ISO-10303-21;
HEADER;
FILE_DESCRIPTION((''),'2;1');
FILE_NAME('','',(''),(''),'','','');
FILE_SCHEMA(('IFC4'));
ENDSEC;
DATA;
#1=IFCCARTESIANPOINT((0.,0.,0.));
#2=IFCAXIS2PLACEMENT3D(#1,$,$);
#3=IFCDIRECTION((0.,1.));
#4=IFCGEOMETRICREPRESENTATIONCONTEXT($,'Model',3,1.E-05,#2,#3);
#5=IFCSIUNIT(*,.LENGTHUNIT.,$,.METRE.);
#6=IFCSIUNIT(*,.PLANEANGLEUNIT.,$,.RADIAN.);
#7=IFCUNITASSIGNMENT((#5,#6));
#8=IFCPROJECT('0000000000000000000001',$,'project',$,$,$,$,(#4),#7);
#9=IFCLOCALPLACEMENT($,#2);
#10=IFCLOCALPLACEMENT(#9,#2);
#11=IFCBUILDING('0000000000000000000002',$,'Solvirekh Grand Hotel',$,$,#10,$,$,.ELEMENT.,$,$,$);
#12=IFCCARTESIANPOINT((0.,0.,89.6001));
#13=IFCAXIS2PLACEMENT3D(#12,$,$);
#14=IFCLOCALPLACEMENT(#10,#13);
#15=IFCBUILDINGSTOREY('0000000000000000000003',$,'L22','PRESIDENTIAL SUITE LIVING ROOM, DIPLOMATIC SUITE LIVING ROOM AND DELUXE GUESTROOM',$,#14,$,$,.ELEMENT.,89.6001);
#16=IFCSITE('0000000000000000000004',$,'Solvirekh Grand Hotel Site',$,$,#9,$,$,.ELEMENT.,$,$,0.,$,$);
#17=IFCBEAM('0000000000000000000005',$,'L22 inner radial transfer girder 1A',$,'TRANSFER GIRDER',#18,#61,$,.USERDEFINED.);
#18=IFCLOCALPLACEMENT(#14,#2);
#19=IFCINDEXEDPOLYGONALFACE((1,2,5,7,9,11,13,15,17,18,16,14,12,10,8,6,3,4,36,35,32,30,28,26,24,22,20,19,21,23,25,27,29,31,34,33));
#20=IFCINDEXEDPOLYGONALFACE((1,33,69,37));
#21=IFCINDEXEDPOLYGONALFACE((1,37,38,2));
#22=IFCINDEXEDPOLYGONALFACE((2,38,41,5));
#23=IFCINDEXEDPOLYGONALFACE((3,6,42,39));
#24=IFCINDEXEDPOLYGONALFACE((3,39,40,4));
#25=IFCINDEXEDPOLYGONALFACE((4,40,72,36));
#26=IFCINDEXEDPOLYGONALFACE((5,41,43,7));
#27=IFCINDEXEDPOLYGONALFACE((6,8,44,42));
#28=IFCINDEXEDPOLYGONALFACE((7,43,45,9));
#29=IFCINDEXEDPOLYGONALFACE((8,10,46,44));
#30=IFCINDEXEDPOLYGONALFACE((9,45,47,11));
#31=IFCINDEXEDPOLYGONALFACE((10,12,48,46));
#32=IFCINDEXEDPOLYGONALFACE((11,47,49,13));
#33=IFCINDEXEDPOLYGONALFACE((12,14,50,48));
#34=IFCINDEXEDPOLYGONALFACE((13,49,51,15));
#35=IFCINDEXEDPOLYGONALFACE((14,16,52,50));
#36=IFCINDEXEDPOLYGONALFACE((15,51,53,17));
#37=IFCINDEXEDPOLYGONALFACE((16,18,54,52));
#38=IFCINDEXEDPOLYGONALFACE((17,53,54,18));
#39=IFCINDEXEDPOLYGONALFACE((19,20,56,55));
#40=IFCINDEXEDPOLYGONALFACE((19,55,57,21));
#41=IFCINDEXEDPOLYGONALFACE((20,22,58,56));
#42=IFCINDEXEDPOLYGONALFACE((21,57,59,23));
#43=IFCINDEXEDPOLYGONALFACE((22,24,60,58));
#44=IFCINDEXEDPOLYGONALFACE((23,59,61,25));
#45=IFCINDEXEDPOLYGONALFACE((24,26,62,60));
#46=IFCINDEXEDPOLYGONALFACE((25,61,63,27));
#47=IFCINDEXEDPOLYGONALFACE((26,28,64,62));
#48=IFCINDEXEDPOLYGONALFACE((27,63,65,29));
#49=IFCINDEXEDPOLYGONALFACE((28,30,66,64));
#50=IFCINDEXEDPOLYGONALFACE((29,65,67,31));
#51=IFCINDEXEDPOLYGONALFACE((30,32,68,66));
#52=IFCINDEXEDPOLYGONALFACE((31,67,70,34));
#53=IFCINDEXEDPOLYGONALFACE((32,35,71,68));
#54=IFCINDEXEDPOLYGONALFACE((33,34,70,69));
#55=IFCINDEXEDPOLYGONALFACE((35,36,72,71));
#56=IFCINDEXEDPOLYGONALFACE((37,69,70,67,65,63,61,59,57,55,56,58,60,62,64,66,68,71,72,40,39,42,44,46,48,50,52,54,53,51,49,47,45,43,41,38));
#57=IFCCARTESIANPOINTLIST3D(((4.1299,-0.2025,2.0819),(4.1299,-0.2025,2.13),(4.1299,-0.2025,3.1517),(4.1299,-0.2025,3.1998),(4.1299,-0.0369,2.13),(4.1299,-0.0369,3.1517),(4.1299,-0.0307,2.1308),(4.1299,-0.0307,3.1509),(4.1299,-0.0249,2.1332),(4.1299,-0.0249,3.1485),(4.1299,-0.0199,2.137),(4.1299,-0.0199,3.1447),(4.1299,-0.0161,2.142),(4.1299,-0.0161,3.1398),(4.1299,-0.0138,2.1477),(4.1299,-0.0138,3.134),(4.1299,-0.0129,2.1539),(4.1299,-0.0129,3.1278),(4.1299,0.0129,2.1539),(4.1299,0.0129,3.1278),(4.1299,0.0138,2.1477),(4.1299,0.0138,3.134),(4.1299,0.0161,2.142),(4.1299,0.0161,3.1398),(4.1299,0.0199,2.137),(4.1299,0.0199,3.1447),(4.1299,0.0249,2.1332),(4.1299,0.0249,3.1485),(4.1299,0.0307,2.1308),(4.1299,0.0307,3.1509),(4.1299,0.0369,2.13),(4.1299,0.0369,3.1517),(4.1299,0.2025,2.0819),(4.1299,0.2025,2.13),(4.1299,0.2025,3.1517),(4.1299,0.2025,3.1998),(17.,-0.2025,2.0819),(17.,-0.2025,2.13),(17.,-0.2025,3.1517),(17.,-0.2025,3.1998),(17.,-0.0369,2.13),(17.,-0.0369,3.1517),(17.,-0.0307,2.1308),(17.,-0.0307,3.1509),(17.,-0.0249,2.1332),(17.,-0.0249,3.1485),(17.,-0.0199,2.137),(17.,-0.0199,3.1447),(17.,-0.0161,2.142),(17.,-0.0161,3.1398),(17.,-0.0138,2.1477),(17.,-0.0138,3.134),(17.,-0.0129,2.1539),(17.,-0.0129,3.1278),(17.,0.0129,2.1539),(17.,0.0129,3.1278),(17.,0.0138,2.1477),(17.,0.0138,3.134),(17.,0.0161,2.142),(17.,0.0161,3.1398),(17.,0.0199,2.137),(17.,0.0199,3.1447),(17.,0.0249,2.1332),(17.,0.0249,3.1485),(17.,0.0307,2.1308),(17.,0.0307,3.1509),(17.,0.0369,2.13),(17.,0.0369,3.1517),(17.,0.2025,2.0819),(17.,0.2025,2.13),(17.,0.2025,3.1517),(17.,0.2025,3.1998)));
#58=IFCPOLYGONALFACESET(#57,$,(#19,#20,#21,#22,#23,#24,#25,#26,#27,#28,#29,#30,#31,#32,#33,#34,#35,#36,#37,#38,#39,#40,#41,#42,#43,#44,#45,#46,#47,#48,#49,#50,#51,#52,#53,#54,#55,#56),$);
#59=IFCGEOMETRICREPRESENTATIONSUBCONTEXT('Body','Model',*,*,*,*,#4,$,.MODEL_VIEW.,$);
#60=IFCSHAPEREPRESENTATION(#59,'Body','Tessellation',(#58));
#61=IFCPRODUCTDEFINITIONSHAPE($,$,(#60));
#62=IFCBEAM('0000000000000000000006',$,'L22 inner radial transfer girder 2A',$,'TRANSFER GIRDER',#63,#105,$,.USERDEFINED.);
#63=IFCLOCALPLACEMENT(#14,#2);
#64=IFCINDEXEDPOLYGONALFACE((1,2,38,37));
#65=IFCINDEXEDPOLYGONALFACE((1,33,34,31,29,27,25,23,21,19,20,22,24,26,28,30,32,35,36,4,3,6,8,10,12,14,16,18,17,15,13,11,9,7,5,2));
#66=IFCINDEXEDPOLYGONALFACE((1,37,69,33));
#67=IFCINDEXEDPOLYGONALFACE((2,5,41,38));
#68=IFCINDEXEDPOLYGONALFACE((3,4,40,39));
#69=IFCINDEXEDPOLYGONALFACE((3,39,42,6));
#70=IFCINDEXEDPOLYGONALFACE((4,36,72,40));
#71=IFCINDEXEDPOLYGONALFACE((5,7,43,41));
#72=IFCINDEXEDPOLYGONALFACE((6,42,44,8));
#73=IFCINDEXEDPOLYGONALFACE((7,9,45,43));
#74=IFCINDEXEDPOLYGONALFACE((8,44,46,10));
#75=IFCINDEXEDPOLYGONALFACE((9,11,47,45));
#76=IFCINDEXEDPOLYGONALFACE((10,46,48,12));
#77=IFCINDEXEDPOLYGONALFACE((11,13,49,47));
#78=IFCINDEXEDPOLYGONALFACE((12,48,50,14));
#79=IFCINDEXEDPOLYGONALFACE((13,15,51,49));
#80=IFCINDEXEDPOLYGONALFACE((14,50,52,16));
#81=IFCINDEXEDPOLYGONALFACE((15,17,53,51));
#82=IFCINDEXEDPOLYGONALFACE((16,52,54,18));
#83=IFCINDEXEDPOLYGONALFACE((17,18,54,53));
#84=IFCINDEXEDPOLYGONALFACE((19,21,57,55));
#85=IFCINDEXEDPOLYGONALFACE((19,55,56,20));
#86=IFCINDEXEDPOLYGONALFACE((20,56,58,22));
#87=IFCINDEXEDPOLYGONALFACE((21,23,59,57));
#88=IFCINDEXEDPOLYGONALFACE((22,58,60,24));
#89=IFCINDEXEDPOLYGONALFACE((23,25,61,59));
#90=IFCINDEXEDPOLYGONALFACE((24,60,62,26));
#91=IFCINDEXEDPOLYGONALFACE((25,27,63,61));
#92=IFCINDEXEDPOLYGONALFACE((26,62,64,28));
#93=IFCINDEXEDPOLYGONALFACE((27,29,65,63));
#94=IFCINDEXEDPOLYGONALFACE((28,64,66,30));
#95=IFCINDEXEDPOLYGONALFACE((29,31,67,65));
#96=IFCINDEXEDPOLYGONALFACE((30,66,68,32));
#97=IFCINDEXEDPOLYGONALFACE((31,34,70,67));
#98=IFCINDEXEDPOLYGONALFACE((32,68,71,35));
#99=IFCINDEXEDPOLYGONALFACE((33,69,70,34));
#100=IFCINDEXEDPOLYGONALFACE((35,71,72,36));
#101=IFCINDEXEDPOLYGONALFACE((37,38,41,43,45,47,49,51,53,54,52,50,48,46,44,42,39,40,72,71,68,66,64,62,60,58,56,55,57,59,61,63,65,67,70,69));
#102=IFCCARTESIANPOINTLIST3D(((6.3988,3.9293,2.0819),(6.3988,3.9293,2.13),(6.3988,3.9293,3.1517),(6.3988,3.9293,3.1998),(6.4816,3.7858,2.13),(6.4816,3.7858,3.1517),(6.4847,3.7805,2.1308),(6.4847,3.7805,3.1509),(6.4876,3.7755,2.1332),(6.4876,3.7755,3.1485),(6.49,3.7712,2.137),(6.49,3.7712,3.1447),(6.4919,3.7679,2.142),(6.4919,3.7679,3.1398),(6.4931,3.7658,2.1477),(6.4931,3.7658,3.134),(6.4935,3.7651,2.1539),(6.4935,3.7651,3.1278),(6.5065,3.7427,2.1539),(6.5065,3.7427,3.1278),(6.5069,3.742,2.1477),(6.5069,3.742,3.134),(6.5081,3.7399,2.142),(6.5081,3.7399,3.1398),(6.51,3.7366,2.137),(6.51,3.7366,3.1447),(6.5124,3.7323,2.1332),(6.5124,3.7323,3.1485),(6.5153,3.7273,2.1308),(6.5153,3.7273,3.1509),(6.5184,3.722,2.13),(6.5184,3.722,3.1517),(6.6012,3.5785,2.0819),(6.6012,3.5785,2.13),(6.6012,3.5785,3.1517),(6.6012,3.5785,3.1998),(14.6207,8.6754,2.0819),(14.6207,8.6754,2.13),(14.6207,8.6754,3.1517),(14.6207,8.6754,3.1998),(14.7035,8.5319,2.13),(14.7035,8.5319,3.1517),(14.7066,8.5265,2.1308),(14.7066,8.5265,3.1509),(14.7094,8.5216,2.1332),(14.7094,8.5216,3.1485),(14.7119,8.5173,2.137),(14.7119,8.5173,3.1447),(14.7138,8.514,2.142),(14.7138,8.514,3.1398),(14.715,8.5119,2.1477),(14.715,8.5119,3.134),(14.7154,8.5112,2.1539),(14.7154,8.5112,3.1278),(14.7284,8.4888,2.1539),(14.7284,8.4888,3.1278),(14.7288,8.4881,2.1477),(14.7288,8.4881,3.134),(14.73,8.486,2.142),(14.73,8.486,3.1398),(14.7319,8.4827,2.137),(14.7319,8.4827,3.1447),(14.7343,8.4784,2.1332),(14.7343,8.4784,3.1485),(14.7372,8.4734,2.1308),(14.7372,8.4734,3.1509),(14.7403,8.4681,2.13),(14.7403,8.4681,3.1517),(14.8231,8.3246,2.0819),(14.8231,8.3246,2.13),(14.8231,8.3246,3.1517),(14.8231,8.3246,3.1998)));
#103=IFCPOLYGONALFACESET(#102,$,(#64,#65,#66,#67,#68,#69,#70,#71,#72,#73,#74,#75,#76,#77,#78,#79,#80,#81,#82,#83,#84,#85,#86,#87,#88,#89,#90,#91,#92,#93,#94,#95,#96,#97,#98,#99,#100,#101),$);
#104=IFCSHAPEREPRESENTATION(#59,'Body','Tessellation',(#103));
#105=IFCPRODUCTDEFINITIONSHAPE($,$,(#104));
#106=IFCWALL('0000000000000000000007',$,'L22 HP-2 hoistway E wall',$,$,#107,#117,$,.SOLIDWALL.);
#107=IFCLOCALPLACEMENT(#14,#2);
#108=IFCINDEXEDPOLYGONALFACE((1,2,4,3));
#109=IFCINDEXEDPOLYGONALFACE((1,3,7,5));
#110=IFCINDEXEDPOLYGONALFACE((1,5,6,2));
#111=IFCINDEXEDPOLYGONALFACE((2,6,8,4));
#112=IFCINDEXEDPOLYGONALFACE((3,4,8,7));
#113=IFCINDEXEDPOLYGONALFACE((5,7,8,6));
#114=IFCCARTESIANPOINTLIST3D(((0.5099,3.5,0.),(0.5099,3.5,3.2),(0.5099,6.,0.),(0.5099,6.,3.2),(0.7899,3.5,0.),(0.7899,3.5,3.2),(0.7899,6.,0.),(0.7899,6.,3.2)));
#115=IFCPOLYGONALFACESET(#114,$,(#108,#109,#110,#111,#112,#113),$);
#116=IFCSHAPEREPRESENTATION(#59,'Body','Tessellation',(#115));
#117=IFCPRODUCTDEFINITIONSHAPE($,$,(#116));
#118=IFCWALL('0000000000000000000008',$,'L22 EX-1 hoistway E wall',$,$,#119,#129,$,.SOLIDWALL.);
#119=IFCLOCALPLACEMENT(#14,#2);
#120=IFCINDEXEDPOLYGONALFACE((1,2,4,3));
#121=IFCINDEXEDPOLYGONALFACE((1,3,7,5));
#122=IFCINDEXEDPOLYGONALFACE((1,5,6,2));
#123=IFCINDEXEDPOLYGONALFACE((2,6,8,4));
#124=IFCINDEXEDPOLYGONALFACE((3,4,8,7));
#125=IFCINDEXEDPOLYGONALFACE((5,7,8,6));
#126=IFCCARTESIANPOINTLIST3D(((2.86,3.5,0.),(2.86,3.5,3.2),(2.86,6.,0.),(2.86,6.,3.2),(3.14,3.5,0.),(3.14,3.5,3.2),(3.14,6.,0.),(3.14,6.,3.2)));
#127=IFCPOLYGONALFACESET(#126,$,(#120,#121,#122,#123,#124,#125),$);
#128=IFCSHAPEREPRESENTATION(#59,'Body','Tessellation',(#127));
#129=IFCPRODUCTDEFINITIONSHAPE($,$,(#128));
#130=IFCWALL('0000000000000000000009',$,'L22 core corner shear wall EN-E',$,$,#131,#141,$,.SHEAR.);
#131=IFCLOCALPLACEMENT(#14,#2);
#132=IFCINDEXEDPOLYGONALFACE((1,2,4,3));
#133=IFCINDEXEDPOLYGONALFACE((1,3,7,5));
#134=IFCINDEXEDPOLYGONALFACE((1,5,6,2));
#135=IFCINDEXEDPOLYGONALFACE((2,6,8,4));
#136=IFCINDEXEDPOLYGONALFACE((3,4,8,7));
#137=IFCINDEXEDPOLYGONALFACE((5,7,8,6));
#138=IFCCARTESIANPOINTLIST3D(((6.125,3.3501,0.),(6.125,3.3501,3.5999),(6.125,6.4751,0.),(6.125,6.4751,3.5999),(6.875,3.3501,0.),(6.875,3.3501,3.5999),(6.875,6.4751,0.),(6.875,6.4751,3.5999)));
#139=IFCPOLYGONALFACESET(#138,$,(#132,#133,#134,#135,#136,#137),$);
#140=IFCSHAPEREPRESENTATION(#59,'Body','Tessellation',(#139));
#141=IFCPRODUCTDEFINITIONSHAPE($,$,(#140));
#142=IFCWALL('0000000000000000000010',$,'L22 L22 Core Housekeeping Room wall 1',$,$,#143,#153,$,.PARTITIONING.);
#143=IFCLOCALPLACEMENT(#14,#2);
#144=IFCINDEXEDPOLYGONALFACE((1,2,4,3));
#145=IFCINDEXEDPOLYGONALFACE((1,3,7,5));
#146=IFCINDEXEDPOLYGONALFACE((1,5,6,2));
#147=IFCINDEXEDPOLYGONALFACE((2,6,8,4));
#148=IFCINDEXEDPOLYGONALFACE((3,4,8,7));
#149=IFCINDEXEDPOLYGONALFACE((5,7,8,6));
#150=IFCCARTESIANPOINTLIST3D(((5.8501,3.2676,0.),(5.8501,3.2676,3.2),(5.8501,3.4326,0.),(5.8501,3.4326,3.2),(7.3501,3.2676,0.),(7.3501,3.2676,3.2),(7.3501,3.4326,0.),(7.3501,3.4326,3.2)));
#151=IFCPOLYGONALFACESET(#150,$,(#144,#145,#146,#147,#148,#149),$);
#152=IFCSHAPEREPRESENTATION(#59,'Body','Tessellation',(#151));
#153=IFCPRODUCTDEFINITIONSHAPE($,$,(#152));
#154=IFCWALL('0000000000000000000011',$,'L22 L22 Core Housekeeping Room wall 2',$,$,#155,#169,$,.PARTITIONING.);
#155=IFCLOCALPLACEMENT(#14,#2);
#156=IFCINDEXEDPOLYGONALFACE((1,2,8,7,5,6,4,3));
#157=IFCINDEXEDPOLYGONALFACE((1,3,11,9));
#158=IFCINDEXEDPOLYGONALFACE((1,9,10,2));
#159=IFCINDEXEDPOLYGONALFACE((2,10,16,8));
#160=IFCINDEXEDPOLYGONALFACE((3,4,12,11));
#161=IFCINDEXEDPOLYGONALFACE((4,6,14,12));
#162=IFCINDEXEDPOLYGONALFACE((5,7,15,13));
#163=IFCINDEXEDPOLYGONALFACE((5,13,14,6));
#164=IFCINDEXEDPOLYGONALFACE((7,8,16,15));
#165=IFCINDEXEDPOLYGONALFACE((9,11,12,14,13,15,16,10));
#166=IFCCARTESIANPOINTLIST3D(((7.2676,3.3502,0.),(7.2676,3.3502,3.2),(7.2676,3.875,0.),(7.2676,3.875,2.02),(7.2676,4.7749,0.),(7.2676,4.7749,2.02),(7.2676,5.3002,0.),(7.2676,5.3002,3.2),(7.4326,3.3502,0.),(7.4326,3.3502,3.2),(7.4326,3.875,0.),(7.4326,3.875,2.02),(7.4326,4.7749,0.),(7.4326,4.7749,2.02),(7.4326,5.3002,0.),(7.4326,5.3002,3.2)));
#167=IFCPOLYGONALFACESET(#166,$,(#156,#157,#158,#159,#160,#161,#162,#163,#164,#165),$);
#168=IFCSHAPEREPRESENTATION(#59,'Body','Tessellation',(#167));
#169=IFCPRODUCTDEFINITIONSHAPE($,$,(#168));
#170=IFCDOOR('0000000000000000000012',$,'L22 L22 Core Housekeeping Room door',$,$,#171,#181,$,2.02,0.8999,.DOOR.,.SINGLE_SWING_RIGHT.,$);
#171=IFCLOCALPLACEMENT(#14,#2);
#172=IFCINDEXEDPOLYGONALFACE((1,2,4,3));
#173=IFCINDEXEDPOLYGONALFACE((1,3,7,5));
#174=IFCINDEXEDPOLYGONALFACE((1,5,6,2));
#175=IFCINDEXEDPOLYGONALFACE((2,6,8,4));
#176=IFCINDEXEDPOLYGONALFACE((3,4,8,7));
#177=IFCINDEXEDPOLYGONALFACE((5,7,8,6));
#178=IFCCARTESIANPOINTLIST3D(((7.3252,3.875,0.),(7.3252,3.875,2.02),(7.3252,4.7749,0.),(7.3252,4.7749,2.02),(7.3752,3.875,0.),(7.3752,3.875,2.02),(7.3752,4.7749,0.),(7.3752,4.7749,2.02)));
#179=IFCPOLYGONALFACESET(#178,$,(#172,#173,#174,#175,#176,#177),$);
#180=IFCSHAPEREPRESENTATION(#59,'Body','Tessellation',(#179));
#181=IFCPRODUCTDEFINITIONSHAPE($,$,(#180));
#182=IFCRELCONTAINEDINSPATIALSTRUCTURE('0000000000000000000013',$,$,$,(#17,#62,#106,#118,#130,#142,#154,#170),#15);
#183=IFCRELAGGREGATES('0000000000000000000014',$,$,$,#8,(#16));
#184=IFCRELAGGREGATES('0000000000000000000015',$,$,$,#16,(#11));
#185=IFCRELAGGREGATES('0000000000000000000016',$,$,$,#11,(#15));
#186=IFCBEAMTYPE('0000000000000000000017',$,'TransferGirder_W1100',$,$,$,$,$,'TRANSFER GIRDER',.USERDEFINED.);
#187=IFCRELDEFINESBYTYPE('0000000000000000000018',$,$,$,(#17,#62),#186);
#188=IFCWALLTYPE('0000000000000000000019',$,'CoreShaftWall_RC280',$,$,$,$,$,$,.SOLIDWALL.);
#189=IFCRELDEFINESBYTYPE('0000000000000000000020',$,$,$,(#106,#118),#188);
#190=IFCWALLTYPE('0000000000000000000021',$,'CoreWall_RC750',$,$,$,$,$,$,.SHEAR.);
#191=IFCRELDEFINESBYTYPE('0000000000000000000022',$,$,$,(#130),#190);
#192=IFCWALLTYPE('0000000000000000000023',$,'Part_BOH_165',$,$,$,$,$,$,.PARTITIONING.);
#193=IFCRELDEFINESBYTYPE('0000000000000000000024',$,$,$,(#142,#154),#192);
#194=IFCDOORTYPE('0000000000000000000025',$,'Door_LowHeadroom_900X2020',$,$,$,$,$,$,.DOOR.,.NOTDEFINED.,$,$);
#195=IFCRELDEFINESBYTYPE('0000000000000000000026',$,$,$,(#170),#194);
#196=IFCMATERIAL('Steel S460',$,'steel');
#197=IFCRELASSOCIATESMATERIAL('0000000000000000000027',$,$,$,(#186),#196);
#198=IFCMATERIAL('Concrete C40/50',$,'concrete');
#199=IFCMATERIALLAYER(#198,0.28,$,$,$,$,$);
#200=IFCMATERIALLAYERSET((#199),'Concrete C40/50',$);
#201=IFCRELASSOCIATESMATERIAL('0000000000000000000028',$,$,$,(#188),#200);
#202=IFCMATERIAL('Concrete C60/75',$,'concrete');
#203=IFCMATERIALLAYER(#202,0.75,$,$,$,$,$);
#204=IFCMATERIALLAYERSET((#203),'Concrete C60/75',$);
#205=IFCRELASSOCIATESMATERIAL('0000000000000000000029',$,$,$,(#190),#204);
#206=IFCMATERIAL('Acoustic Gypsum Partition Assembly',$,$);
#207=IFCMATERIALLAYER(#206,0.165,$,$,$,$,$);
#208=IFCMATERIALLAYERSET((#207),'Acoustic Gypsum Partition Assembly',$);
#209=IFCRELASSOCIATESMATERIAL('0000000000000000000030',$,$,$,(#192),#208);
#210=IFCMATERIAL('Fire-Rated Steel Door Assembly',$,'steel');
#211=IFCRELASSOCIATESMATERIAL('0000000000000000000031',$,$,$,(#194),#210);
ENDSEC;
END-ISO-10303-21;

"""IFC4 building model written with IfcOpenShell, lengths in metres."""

from ifc_helpers import new_model, si_unit, direction, frame, frame_2d, origin, origin_2d, place, context, subcontext, project, spatial, rectangle, i_section, extrude, material, layer, layer_set, material_profile, profile_set, type_object, element, fill, save


model = new_model("IFC4")

# Units and contexts
model_context = context("Model", 3, precision=1e-05, world=origin(), true_north=direction((0.0, 1.0)))
body_context = subcontext(model_context, "Body", "Model", "MODEL_VIEW")
ifc_project = project(units=[si_unit("LENGTHUNIT", "METRE"), si_unit("PLANEANGLEUNIT", "RADIAN")], contexts=[model_context])

# Site, building, storey
site_placement = place(None, origin())
site = spatial("IfcSite", under=ifc_project, at=site_placement, Name="Solvirekh Grand Hotel Site", CompositionType="ELEMENT", RefElevation=0.0)
building_placement = place(site_placement, origin())
building = spatial("IfcBuilding", under=site, at=building_placement, Name="Solvirekh Grand Hotel", CompositionType="ELEMENT")
storey_placement = place(building_placement, frame((0.0, 0.0, 89.6001)))
storey = spatial("IfcBuildingStorey", under=building, at=storey_placement, Name="L22", Description="PRESIDENTIAL SUITE LIVING ROOM, DIPLOMATIC SUITE LIVING ROOM AND DELUXE GUESTROOM", CompositionType="ELEMENT", Elevation=89.6001)

# Beams
ifc_material_1 = material(Name="Steel S460", Category="steel")
ifc_material_profile = material_profile(ifc_material_1, i_section(OverallWidth=0.405, OverallDepth=1.1179, WebThickness=0.0259, FlangeThickness=0.0481, FilletRadius=0.0239, at=origin_2d()), Name="W1100X499")
ifc_profile_set = profile_set([ifc_material_profile], Name="Steel S460")
beam_type = type_object("IfcBeamType", Name="TransferGirder_W1100", ElementType="TRANSFER GIRDER", PredefinedType="USERDEFINED", material=ifc_profile_set)
beam_1_placement = place(storey_placement, frame((4.1299, 0.0, 2.6409), z_axis=(1.0, 0.0, 0.0), x_axis=(0.0, 1.0, 0.0)))
element("IfcBeam", 1, at=beam_1_placement, inside=storey, type_object=beam_type, Name="L22 inner radial transfer girder 1A", ObjectType="TRANSFER GIRDER", PredefinedType="USERDEFINED", context=body_context, shape_type="SweptSolid", body=[
    extrude(i_section(OverallWidth=0.405, OverallDepth=1.1179, WebThickness=0.0259, FlangeThickness=0.0481, FilletRadius=0.0239, at=origin_2d()), origin(), (0.0, 0.0, 1.0), 12.8701),
])
beam_2_placement = place(storey_placement, frame((6.5, 3.7539, 2.6409), z_axis=(0.866064, 0.499934, 0.0), x_axis=(-0.499934, 0.866064, 0.0)))
element("IfcBeam", 2, at=beam_2_placement, inside=storey, type_object=beam_type, Name="L22 inner radial transfer girder 2A", ObjectType="TRANSFER GIRDER", PredefinedType="USERDEFINED", context=body_context, shape_type="SweptSolid", body=[
    extrude(i_section(OverallWidth=0.405, OverallDepth=1.1179, WebThickness=0.0259, FlangeThickness=0.0481, FilletRadius=0.0239, at=origin_2d()), origin(), (0.0, 0.0, 1.0), 9.4934),
])

# Walls
ifc_material_2 = material(Name="Concrete C40/50", Category="concrete")
ifc_layer_1 = layer(ifc_material_2, 0.28)
ifc_layer_set_1 = layer_set([ifc_layer_1], Name="Concrete C40/50")
wall_type_1 = type_object("IfcWallType", Name="CoreShaftWall_RC280", PredefinedType="SOLIDWALL", material=ifc_layer_set_1)
for number, where, z_axis, x_axis, name in (
    (3, (0.6499, 3.5, 0.0), (0.0, 0.0, 1.0), (0.0, 1.0, 0.0), "L22 HP-2 hoistway E wall"),
    (4, (3.0, 3.5, 0.0), (0.0, 0.0, 1.0), (0.0, 1.0, 0.0), "L22 EX-1 hoistway E wall"),
):
    element("IfcWall", number, at=place(storey_placement, frame(where, z_axis=z_axis, x_axis=x_axis)), inside=storey, type_object=wall_type_1, Name=name, PredefinedType="SOLIDWALL", context=body_context, shape_type="SweptSolid", body=[
        extrude(rectangle(XDim=2.5, YDim=0.28, at=frame_2d((1.25, 0.0))), origin(), (0.0, 0.0, 1.0), 3.2),
    ])
ifc_material_3 = material(Name="Concrete C60/75", Category="concrete")
ifc_layer_2 = layer(ifc_material_3, 0.75)
ifc_layer_set_2 = layer_set([ifc_layer_2], Name="Concrete C60/75")
wall_type_2 = type_object("IfcWallType", Name="CoreWall_RC750", PredefinedType="SHEAR", material=ifc_layer_set_2)
wall_1_placement = place(storey_placement, frame((6.5, 3.3501, 0.0), z_axis=(0.0, 0.0, 1.0), x_axis=(0.0, 1.0, 0.0)))
element("IfcWall", 5, at=wall_1_placement, inside=storey, type_object=wall_type_2, Name="L22 core corner shear wall EN-E", PredefinedType="SHEAR", context=body_context, shape_type="SweptSolid", body=[
    extrude(rectangle(XDim=3.125, YDim=0.75, at=frame_2d((1.5625, 0.0))), origin(), (0.0, 0.0, 1.0), 3.5999),
])
ifc_material_4 = material(Name="Acoustic Gypsum Partition Assembly")
ifc_layer_3 = layer(ifc_material_4, 0.165)
ifc_layer_set_3 = layer_set([ifc_layer_3], Name="Acoustic Gypsum Partition Assembly")
wall_type_3 = type_object("IfcWallType", Name="Part_BOH_165", PredefinedType="PARTITIONING", material=ifc_layer_set_3)
wall_2_placement = place(storey_placement, frame((5.8501, 3.3501, 0.0), z_axis=(0.0, 0.0, 1.0), x_axis=(1.0, 0.0, 0.0)))
element("IfcWall", 6, at=wall_2_placement, inside=storey, type_object=wall_type_3, Name="L22 L22 Core Housekeeping Room wall 1", PredefinedType="PARTITIONING", context=body_context, shape_type="SweptSolid", body=[
    extrude(rectangle(XDim=1.5, YDim=0.165, at=frame_2d((0.75, 0.0))), origin(), (0.0, 0.0, 1.0), 3.2),
])

# Wall, opening, door
wall_3_placement = place(storey_placement, frame((7.3501, 3.3501, 0.0), z_axis=(0.0, 0.0, 1.0), x_axis=(0.0, 1.0, 0.0)))
wall_3 = element("IfcWall", 7, at=wall_3_placement, inside=storey, type_object=wall_type_3, Name="L22 L22 Core Housekeeping Room wall 2", PredefinedType="PARTITIONING", context=body_context, shape_type="SweptSolid", body=[
    extrude(rectangle(XDim=1.95, YDim=0.165, at=frame_2d((0.9751, 0.0))), origin(), (0.0, 0.0, 1.0), 3.2),
])
opening_placement = place(wall_3_placement, frame((0.5249, 0.0, 0.0)))
opening = element("IfcOpeningElement", 8, at=opening_placement, cuts=wall_3, PredefinedType="OPENING", context=body_context, shape_type="SweptSolid", body=[
    extrude(rectangle(XDim=0.8999, YDim=2.02, at=frame_2d((0.45, 1.01))), frame((0.0, 0.0925, 0.0), z_axis=(0.0, -1.0, 0.0), x_axis=(1.0, 0.0, 0.0)), (0.0, 0.0, 1.0), 0.1851),
])
ifc_material_5 = material(Name="Fire-Rated Steel Door Assembly", Category="steel")
door_type = type_object("IfcDoorType", Name="Door_LowHeadroom_900X2020", OperationType="NOTDEFINED", PredefinedType="DOOR", material=ifc_material_5)
door_placement = place(opening_placement, origin())
door = element("IfcDoor", 9, at=door_placement, inside=storey, type_object=door_type, Name="L22 L22 Core Housekeeping Room door", OperationType="SINGLE_SWING_RIGHT", OverallHeight=2.02, OverallWidth=0.8999, PredefinedType="DOOR", context=body_context, shape_type="SweptSolid", body=[
    extrude(rectangle(XDim=0.8999, YDim=2.02, at=frame_2d((0.45, 1.01))), frame((0.0, 0.0249, 0.0), z_axis=(0.0, -1.0, 0.0), x_axis=(1.0, 0.0, 0.0)), (0.0, 0.0, 1.0), 0.05),
])
fill(opening, door)

save(model, "model.ifc")
